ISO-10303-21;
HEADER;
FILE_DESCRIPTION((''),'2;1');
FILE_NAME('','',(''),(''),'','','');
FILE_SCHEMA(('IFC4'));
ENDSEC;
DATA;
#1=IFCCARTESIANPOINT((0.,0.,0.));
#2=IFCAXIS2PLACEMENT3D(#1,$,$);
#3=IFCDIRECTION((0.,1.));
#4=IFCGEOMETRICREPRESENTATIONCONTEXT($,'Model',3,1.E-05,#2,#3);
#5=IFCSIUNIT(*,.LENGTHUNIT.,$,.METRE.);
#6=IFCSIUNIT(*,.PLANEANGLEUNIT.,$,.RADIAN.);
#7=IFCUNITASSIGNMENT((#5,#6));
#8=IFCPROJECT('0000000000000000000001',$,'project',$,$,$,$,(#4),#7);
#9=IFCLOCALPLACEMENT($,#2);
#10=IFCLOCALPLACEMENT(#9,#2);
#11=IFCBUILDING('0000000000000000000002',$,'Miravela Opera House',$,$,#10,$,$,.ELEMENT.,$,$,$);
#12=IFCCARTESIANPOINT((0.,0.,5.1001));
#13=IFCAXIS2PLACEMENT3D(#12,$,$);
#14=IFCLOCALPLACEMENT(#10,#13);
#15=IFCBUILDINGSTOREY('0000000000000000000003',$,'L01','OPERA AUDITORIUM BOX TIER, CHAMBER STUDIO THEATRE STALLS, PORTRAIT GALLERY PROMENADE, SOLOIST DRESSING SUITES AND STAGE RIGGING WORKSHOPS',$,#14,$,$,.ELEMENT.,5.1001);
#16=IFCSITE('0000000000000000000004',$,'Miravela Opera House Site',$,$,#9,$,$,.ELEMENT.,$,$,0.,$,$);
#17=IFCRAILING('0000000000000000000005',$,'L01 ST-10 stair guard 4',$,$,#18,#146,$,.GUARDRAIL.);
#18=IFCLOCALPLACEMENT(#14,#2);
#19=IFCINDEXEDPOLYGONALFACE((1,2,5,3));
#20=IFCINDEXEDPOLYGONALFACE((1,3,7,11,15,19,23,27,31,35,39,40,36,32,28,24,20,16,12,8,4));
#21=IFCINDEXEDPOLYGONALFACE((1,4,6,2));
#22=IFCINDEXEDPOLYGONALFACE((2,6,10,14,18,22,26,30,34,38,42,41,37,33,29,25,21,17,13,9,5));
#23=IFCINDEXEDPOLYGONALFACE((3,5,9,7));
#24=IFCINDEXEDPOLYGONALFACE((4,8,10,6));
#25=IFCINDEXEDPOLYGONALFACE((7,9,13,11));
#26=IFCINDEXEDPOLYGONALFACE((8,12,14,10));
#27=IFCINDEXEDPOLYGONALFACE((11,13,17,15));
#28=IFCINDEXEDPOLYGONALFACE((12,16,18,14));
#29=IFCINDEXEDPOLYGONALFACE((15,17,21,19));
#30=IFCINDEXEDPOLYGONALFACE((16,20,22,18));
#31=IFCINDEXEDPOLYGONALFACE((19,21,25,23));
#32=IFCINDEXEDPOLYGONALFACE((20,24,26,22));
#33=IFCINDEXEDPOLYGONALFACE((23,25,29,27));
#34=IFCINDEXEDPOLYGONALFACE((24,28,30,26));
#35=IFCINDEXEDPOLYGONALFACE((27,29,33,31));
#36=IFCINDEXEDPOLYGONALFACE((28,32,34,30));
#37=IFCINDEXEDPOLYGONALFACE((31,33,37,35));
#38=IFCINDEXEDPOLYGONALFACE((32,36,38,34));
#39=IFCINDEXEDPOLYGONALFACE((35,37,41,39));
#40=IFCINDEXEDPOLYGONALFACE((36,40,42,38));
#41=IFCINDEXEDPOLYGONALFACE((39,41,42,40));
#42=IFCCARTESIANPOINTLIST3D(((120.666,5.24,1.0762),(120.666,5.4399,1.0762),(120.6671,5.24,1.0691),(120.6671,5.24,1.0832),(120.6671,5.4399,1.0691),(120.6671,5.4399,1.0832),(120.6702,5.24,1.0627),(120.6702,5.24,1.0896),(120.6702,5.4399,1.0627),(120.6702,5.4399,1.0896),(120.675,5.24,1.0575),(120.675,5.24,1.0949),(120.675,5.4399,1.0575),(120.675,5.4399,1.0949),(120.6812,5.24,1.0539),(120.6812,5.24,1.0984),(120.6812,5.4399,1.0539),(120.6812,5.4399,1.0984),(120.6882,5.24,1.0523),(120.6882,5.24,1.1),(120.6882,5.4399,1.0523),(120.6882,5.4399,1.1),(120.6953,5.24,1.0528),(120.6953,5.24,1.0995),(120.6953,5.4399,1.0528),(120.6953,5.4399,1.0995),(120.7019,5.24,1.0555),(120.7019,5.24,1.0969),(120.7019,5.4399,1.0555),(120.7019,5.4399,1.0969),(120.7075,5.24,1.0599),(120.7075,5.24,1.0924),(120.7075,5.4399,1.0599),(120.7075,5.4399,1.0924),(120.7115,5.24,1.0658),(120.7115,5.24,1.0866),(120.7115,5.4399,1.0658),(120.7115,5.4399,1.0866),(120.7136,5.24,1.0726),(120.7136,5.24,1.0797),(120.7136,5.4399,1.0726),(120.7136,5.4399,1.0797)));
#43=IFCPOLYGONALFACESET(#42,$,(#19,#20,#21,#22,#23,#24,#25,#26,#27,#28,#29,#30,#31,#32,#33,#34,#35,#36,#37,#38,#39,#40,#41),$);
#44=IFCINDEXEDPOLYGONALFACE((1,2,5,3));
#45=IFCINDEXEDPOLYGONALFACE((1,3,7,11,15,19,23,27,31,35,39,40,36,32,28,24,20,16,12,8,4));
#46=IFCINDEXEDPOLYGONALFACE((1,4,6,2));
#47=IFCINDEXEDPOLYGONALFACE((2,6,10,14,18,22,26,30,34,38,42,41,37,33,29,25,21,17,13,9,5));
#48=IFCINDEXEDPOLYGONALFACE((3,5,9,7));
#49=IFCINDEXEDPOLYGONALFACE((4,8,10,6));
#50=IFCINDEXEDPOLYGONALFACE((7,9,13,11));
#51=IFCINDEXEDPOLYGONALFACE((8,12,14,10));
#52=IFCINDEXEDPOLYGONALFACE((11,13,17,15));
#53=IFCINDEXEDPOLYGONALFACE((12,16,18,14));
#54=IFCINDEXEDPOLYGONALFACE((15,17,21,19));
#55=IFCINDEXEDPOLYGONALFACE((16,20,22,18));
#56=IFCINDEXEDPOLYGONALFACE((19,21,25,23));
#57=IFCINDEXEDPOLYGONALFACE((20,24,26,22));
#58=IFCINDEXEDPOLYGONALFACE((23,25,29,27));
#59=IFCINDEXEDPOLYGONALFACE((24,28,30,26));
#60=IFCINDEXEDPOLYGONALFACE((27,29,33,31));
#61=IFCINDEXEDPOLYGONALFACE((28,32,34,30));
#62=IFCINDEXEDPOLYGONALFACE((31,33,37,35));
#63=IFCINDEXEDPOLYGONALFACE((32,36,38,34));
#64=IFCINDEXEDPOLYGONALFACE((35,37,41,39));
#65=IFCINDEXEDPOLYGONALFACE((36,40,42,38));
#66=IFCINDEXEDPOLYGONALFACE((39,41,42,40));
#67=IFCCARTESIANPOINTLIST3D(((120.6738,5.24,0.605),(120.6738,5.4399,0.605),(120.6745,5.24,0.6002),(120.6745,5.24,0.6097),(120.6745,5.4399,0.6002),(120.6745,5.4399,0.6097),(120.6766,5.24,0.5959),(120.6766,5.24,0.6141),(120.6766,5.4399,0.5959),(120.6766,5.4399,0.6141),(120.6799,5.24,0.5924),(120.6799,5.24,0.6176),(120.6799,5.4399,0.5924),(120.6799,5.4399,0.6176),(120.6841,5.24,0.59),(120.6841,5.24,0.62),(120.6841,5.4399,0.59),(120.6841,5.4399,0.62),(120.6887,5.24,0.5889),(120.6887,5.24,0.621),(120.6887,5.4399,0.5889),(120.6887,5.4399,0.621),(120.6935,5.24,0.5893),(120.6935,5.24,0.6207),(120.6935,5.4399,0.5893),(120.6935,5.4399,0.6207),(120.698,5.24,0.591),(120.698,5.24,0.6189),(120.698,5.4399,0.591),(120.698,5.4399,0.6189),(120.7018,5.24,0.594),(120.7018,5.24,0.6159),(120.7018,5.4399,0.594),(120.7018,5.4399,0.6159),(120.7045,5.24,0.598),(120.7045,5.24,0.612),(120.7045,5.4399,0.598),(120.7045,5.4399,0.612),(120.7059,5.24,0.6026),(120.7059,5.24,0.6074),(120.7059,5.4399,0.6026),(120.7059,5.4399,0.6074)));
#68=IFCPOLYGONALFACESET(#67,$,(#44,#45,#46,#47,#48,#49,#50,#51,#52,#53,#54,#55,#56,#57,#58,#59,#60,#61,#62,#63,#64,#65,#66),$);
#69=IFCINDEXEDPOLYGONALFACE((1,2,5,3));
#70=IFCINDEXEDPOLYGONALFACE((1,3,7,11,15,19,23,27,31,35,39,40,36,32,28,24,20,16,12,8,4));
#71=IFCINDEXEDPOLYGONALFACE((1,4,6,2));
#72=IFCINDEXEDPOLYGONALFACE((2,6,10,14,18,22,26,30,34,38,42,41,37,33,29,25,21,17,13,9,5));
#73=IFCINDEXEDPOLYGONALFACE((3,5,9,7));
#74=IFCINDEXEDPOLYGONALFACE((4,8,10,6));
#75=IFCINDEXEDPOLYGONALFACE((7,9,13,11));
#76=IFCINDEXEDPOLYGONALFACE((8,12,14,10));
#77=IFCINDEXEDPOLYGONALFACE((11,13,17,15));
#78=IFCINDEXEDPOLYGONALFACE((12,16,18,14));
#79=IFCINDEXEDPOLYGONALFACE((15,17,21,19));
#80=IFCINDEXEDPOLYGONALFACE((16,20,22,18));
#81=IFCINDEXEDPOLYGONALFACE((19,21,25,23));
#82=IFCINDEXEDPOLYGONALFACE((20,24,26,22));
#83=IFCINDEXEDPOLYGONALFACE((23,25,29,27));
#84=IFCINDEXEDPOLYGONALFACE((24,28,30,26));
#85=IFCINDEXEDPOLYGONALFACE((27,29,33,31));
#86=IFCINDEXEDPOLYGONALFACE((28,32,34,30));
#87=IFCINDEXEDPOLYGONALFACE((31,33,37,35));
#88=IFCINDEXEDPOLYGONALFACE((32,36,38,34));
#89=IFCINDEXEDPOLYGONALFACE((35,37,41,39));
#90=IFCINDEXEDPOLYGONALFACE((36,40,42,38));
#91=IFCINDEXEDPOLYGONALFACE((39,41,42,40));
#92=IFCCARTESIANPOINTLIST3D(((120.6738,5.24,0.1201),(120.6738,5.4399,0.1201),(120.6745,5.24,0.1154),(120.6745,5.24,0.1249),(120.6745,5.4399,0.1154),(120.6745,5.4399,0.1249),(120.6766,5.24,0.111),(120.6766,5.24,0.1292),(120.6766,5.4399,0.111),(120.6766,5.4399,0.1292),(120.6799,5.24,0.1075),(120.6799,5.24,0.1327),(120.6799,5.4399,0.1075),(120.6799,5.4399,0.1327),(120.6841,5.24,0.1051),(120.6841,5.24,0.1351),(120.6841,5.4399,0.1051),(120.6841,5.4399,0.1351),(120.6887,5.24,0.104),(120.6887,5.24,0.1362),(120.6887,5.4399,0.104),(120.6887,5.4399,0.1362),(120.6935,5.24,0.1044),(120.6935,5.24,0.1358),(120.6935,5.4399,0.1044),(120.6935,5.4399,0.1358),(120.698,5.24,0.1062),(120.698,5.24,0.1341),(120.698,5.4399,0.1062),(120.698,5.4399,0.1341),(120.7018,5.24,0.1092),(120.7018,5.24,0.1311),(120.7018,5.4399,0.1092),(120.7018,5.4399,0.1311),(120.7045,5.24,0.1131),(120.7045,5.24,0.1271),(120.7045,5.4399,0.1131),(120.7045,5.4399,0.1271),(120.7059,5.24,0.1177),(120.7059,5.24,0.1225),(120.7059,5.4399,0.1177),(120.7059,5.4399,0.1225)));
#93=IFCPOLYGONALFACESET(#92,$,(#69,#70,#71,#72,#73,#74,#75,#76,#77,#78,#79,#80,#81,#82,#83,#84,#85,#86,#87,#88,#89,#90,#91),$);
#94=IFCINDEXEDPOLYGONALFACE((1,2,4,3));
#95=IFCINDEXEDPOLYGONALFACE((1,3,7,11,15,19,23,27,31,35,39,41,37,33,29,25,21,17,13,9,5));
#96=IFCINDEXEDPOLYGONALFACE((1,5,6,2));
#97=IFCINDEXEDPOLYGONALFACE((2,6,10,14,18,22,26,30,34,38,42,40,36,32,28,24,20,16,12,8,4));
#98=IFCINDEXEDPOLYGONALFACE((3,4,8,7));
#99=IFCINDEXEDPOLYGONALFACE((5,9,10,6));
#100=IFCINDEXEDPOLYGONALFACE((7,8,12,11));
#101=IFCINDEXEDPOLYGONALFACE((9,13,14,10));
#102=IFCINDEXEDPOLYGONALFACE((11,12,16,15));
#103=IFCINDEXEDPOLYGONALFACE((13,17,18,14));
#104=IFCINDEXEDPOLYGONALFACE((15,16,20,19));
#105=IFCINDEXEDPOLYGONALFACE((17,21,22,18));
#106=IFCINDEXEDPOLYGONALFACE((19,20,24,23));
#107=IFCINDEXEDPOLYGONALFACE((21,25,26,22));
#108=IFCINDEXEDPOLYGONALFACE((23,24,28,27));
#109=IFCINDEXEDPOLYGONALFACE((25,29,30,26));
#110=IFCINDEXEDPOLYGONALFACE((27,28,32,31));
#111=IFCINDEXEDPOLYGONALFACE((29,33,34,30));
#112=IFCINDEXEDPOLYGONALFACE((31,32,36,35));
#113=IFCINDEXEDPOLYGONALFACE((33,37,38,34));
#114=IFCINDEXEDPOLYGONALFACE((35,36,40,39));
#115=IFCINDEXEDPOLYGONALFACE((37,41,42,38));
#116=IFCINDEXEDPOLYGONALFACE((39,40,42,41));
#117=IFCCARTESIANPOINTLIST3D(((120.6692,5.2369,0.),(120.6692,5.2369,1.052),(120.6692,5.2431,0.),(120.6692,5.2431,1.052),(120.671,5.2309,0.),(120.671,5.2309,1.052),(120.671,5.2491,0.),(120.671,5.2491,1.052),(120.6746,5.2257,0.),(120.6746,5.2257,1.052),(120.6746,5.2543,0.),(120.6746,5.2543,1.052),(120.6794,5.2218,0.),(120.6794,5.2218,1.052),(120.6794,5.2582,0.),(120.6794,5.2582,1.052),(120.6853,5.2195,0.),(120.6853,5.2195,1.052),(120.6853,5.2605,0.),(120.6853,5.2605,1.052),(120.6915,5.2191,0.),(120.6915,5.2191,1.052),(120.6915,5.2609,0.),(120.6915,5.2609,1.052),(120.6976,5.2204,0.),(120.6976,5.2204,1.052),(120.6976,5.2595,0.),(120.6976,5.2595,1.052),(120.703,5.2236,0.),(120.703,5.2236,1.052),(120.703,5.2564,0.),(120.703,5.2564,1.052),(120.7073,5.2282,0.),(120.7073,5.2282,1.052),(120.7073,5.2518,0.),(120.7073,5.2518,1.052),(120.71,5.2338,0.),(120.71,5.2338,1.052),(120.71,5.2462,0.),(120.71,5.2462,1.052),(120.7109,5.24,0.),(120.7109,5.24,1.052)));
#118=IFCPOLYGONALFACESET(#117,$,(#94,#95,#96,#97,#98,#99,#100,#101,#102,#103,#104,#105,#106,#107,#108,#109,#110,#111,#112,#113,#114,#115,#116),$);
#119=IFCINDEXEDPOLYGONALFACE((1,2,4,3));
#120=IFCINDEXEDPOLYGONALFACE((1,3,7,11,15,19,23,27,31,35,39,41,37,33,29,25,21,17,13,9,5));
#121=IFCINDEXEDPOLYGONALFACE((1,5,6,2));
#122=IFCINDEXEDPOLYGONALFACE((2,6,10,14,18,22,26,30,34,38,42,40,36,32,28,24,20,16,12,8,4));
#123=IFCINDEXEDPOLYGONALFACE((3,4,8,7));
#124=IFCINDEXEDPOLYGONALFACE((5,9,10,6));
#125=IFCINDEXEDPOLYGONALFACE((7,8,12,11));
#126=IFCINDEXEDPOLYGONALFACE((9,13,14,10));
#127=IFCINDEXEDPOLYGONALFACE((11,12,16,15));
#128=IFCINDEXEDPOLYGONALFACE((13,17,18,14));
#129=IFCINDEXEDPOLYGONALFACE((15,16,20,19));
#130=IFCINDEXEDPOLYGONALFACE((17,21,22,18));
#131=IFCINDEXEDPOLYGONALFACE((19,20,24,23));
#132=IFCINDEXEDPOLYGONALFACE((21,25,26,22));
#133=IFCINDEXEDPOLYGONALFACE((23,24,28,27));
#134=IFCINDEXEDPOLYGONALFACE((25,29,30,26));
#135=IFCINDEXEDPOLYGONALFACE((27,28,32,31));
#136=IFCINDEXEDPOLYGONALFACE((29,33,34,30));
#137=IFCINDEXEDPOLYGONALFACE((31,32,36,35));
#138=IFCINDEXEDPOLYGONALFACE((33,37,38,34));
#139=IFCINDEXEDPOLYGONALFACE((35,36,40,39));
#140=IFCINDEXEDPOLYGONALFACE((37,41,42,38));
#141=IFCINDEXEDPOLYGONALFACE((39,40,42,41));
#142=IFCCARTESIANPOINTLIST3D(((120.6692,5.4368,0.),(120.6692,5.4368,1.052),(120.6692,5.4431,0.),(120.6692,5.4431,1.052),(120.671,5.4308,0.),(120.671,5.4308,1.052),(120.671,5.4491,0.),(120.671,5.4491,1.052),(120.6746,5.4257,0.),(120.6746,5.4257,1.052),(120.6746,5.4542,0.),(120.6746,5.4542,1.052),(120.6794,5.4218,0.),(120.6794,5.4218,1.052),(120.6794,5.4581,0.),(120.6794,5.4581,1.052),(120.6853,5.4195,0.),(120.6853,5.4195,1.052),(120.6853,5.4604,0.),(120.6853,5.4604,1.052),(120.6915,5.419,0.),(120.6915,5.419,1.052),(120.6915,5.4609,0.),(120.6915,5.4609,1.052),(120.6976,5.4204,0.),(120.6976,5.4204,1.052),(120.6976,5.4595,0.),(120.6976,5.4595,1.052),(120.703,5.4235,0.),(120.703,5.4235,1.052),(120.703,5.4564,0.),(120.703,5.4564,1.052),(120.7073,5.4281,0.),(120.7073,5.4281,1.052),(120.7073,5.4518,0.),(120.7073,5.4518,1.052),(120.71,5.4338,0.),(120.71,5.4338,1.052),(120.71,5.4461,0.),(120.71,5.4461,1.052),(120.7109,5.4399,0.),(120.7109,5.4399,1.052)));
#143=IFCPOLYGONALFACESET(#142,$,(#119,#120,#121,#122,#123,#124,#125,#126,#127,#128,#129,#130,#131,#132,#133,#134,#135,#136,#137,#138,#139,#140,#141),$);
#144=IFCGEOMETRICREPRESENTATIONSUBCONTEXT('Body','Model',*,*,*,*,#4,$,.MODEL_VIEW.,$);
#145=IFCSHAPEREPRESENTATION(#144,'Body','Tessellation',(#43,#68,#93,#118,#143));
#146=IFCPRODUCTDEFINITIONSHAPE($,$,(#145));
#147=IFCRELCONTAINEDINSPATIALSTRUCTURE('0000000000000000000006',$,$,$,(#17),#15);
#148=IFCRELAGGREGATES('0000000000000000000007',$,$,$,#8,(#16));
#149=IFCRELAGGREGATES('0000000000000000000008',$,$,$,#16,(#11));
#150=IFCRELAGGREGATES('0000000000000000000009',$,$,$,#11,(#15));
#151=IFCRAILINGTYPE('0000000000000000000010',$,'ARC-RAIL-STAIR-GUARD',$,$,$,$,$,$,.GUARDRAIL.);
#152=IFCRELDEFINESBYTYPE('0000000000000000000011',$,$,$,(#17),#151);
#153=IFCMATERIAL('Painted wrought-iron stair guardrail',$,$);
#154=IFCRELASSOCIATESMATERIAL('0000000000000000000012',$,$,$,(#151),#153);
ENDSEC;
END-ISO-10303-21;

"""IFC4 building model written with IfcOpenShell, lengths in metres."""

from ifc_helpers import new_model, si_unit, direction, frame, origin, origin_2d, place, context, subcontext, project, spatial, circle, extrude, material, type_object, element, save


model = new_model("IFC4")

# Units and contexts
model_context = context("Model", 3, precision=1e-05, world=origin(), true_north=direction((0.0, 1.0)))
body_context = subcontext(model_context, "Body", "Model", "MODEL_VIEW")
ifc_project = project(units=[si_unit("LENGTHUNIT", "METRE"), si_unit("PLANEANGLEUNIT", "RADIAN")], contexts=[model_context])

# Site, building, storey
site_placement = place(None, origin())
site = spatial("IfcSite", under=ifc_project, at=site_placement, Name="Miravela Opera House Site", CompositionType="ELEMENT", RefElevation=0.0)
building_placement = place(site_placement, origin())
building = spatial("IfcBuilding", under=site, at=building_placement, Name="Miravela Opera House", CompositionType="ELEMENT")
storey_placement = place(building_placement, frame((0.0, 0.0, 5.1001)))
storey = spatial("IfcBuildingStorey", under=building, at=storey_placement, Name="L01", Description="OPERA AUDITORIUM BOX TIER, CHAMBER STUDIO THEATRE STALLS, PORTRAIT GALLERY PROMENADE, SOLOIST DRESSING SUITES AND STAGE RIGGING WORKSHOPS", CompositionType="ELEMENT", Elevation=5.1001)

# Railing
ifc_material_1 = material(Name="Painted wrought-iron stair guardrail")
railing_type_1 = type_object("IfcRailingType", Name="ARC-RAIL-STAIR-GUARD", PredefinedType="GUARDRAIL", material=ifc_material_1)
railing_1_placement = place(storey_placement, frame((120.6899, 5.24, 0.0)))
element("IfcRailing", 1, at=railing_1_placement, inside=storey, type_object=railing_type_1, Name="L01 ST-10 stair guard 4", PredefinedType="GUARDRAIL", context=body_context, shape_type="SweptSolid", body=[
    extrude(circle(Radius=0.0239, at=origin_2d()), frame((0.0, 0.0, 1.0762), z_axis=(0.0, 1.0, 0.0), x_axis=(-1.0, 0.0, 0.0)), (0.0, 0.0, 1.0), 0.2),
    extrude(circle(Radius=0.0161, at=origin_2d()), frame((0.0, 0.0, 0.605), z_axis=(0.0, 1.0, 0.0), x_axis=(-1.0, 0.0, 0.0)), (0.0, 0.0, 1.0), 0.2),
    extrude(circle(Radius=0.0161, at=origin_2d()), frame((0.0, 0.0, 0.1201), z_axis=(0.0, 1.0, 0.0), x_axis=(-1.0, 0.0, 0.0)), (0.0, 0.0, 1.0), 0.2),
    extrude(circle(Radius=0.021, at=origin_2d()), origin(), (0.0, 0.0, 1.0), 1.052),
    extrude(circle(Radius=0.021, at=origin_2d()), frame((0.0, 0.2, 0.0)), (0.0, 0.0, 1.0), 1.052),
])

save(model, "model.ifc")
